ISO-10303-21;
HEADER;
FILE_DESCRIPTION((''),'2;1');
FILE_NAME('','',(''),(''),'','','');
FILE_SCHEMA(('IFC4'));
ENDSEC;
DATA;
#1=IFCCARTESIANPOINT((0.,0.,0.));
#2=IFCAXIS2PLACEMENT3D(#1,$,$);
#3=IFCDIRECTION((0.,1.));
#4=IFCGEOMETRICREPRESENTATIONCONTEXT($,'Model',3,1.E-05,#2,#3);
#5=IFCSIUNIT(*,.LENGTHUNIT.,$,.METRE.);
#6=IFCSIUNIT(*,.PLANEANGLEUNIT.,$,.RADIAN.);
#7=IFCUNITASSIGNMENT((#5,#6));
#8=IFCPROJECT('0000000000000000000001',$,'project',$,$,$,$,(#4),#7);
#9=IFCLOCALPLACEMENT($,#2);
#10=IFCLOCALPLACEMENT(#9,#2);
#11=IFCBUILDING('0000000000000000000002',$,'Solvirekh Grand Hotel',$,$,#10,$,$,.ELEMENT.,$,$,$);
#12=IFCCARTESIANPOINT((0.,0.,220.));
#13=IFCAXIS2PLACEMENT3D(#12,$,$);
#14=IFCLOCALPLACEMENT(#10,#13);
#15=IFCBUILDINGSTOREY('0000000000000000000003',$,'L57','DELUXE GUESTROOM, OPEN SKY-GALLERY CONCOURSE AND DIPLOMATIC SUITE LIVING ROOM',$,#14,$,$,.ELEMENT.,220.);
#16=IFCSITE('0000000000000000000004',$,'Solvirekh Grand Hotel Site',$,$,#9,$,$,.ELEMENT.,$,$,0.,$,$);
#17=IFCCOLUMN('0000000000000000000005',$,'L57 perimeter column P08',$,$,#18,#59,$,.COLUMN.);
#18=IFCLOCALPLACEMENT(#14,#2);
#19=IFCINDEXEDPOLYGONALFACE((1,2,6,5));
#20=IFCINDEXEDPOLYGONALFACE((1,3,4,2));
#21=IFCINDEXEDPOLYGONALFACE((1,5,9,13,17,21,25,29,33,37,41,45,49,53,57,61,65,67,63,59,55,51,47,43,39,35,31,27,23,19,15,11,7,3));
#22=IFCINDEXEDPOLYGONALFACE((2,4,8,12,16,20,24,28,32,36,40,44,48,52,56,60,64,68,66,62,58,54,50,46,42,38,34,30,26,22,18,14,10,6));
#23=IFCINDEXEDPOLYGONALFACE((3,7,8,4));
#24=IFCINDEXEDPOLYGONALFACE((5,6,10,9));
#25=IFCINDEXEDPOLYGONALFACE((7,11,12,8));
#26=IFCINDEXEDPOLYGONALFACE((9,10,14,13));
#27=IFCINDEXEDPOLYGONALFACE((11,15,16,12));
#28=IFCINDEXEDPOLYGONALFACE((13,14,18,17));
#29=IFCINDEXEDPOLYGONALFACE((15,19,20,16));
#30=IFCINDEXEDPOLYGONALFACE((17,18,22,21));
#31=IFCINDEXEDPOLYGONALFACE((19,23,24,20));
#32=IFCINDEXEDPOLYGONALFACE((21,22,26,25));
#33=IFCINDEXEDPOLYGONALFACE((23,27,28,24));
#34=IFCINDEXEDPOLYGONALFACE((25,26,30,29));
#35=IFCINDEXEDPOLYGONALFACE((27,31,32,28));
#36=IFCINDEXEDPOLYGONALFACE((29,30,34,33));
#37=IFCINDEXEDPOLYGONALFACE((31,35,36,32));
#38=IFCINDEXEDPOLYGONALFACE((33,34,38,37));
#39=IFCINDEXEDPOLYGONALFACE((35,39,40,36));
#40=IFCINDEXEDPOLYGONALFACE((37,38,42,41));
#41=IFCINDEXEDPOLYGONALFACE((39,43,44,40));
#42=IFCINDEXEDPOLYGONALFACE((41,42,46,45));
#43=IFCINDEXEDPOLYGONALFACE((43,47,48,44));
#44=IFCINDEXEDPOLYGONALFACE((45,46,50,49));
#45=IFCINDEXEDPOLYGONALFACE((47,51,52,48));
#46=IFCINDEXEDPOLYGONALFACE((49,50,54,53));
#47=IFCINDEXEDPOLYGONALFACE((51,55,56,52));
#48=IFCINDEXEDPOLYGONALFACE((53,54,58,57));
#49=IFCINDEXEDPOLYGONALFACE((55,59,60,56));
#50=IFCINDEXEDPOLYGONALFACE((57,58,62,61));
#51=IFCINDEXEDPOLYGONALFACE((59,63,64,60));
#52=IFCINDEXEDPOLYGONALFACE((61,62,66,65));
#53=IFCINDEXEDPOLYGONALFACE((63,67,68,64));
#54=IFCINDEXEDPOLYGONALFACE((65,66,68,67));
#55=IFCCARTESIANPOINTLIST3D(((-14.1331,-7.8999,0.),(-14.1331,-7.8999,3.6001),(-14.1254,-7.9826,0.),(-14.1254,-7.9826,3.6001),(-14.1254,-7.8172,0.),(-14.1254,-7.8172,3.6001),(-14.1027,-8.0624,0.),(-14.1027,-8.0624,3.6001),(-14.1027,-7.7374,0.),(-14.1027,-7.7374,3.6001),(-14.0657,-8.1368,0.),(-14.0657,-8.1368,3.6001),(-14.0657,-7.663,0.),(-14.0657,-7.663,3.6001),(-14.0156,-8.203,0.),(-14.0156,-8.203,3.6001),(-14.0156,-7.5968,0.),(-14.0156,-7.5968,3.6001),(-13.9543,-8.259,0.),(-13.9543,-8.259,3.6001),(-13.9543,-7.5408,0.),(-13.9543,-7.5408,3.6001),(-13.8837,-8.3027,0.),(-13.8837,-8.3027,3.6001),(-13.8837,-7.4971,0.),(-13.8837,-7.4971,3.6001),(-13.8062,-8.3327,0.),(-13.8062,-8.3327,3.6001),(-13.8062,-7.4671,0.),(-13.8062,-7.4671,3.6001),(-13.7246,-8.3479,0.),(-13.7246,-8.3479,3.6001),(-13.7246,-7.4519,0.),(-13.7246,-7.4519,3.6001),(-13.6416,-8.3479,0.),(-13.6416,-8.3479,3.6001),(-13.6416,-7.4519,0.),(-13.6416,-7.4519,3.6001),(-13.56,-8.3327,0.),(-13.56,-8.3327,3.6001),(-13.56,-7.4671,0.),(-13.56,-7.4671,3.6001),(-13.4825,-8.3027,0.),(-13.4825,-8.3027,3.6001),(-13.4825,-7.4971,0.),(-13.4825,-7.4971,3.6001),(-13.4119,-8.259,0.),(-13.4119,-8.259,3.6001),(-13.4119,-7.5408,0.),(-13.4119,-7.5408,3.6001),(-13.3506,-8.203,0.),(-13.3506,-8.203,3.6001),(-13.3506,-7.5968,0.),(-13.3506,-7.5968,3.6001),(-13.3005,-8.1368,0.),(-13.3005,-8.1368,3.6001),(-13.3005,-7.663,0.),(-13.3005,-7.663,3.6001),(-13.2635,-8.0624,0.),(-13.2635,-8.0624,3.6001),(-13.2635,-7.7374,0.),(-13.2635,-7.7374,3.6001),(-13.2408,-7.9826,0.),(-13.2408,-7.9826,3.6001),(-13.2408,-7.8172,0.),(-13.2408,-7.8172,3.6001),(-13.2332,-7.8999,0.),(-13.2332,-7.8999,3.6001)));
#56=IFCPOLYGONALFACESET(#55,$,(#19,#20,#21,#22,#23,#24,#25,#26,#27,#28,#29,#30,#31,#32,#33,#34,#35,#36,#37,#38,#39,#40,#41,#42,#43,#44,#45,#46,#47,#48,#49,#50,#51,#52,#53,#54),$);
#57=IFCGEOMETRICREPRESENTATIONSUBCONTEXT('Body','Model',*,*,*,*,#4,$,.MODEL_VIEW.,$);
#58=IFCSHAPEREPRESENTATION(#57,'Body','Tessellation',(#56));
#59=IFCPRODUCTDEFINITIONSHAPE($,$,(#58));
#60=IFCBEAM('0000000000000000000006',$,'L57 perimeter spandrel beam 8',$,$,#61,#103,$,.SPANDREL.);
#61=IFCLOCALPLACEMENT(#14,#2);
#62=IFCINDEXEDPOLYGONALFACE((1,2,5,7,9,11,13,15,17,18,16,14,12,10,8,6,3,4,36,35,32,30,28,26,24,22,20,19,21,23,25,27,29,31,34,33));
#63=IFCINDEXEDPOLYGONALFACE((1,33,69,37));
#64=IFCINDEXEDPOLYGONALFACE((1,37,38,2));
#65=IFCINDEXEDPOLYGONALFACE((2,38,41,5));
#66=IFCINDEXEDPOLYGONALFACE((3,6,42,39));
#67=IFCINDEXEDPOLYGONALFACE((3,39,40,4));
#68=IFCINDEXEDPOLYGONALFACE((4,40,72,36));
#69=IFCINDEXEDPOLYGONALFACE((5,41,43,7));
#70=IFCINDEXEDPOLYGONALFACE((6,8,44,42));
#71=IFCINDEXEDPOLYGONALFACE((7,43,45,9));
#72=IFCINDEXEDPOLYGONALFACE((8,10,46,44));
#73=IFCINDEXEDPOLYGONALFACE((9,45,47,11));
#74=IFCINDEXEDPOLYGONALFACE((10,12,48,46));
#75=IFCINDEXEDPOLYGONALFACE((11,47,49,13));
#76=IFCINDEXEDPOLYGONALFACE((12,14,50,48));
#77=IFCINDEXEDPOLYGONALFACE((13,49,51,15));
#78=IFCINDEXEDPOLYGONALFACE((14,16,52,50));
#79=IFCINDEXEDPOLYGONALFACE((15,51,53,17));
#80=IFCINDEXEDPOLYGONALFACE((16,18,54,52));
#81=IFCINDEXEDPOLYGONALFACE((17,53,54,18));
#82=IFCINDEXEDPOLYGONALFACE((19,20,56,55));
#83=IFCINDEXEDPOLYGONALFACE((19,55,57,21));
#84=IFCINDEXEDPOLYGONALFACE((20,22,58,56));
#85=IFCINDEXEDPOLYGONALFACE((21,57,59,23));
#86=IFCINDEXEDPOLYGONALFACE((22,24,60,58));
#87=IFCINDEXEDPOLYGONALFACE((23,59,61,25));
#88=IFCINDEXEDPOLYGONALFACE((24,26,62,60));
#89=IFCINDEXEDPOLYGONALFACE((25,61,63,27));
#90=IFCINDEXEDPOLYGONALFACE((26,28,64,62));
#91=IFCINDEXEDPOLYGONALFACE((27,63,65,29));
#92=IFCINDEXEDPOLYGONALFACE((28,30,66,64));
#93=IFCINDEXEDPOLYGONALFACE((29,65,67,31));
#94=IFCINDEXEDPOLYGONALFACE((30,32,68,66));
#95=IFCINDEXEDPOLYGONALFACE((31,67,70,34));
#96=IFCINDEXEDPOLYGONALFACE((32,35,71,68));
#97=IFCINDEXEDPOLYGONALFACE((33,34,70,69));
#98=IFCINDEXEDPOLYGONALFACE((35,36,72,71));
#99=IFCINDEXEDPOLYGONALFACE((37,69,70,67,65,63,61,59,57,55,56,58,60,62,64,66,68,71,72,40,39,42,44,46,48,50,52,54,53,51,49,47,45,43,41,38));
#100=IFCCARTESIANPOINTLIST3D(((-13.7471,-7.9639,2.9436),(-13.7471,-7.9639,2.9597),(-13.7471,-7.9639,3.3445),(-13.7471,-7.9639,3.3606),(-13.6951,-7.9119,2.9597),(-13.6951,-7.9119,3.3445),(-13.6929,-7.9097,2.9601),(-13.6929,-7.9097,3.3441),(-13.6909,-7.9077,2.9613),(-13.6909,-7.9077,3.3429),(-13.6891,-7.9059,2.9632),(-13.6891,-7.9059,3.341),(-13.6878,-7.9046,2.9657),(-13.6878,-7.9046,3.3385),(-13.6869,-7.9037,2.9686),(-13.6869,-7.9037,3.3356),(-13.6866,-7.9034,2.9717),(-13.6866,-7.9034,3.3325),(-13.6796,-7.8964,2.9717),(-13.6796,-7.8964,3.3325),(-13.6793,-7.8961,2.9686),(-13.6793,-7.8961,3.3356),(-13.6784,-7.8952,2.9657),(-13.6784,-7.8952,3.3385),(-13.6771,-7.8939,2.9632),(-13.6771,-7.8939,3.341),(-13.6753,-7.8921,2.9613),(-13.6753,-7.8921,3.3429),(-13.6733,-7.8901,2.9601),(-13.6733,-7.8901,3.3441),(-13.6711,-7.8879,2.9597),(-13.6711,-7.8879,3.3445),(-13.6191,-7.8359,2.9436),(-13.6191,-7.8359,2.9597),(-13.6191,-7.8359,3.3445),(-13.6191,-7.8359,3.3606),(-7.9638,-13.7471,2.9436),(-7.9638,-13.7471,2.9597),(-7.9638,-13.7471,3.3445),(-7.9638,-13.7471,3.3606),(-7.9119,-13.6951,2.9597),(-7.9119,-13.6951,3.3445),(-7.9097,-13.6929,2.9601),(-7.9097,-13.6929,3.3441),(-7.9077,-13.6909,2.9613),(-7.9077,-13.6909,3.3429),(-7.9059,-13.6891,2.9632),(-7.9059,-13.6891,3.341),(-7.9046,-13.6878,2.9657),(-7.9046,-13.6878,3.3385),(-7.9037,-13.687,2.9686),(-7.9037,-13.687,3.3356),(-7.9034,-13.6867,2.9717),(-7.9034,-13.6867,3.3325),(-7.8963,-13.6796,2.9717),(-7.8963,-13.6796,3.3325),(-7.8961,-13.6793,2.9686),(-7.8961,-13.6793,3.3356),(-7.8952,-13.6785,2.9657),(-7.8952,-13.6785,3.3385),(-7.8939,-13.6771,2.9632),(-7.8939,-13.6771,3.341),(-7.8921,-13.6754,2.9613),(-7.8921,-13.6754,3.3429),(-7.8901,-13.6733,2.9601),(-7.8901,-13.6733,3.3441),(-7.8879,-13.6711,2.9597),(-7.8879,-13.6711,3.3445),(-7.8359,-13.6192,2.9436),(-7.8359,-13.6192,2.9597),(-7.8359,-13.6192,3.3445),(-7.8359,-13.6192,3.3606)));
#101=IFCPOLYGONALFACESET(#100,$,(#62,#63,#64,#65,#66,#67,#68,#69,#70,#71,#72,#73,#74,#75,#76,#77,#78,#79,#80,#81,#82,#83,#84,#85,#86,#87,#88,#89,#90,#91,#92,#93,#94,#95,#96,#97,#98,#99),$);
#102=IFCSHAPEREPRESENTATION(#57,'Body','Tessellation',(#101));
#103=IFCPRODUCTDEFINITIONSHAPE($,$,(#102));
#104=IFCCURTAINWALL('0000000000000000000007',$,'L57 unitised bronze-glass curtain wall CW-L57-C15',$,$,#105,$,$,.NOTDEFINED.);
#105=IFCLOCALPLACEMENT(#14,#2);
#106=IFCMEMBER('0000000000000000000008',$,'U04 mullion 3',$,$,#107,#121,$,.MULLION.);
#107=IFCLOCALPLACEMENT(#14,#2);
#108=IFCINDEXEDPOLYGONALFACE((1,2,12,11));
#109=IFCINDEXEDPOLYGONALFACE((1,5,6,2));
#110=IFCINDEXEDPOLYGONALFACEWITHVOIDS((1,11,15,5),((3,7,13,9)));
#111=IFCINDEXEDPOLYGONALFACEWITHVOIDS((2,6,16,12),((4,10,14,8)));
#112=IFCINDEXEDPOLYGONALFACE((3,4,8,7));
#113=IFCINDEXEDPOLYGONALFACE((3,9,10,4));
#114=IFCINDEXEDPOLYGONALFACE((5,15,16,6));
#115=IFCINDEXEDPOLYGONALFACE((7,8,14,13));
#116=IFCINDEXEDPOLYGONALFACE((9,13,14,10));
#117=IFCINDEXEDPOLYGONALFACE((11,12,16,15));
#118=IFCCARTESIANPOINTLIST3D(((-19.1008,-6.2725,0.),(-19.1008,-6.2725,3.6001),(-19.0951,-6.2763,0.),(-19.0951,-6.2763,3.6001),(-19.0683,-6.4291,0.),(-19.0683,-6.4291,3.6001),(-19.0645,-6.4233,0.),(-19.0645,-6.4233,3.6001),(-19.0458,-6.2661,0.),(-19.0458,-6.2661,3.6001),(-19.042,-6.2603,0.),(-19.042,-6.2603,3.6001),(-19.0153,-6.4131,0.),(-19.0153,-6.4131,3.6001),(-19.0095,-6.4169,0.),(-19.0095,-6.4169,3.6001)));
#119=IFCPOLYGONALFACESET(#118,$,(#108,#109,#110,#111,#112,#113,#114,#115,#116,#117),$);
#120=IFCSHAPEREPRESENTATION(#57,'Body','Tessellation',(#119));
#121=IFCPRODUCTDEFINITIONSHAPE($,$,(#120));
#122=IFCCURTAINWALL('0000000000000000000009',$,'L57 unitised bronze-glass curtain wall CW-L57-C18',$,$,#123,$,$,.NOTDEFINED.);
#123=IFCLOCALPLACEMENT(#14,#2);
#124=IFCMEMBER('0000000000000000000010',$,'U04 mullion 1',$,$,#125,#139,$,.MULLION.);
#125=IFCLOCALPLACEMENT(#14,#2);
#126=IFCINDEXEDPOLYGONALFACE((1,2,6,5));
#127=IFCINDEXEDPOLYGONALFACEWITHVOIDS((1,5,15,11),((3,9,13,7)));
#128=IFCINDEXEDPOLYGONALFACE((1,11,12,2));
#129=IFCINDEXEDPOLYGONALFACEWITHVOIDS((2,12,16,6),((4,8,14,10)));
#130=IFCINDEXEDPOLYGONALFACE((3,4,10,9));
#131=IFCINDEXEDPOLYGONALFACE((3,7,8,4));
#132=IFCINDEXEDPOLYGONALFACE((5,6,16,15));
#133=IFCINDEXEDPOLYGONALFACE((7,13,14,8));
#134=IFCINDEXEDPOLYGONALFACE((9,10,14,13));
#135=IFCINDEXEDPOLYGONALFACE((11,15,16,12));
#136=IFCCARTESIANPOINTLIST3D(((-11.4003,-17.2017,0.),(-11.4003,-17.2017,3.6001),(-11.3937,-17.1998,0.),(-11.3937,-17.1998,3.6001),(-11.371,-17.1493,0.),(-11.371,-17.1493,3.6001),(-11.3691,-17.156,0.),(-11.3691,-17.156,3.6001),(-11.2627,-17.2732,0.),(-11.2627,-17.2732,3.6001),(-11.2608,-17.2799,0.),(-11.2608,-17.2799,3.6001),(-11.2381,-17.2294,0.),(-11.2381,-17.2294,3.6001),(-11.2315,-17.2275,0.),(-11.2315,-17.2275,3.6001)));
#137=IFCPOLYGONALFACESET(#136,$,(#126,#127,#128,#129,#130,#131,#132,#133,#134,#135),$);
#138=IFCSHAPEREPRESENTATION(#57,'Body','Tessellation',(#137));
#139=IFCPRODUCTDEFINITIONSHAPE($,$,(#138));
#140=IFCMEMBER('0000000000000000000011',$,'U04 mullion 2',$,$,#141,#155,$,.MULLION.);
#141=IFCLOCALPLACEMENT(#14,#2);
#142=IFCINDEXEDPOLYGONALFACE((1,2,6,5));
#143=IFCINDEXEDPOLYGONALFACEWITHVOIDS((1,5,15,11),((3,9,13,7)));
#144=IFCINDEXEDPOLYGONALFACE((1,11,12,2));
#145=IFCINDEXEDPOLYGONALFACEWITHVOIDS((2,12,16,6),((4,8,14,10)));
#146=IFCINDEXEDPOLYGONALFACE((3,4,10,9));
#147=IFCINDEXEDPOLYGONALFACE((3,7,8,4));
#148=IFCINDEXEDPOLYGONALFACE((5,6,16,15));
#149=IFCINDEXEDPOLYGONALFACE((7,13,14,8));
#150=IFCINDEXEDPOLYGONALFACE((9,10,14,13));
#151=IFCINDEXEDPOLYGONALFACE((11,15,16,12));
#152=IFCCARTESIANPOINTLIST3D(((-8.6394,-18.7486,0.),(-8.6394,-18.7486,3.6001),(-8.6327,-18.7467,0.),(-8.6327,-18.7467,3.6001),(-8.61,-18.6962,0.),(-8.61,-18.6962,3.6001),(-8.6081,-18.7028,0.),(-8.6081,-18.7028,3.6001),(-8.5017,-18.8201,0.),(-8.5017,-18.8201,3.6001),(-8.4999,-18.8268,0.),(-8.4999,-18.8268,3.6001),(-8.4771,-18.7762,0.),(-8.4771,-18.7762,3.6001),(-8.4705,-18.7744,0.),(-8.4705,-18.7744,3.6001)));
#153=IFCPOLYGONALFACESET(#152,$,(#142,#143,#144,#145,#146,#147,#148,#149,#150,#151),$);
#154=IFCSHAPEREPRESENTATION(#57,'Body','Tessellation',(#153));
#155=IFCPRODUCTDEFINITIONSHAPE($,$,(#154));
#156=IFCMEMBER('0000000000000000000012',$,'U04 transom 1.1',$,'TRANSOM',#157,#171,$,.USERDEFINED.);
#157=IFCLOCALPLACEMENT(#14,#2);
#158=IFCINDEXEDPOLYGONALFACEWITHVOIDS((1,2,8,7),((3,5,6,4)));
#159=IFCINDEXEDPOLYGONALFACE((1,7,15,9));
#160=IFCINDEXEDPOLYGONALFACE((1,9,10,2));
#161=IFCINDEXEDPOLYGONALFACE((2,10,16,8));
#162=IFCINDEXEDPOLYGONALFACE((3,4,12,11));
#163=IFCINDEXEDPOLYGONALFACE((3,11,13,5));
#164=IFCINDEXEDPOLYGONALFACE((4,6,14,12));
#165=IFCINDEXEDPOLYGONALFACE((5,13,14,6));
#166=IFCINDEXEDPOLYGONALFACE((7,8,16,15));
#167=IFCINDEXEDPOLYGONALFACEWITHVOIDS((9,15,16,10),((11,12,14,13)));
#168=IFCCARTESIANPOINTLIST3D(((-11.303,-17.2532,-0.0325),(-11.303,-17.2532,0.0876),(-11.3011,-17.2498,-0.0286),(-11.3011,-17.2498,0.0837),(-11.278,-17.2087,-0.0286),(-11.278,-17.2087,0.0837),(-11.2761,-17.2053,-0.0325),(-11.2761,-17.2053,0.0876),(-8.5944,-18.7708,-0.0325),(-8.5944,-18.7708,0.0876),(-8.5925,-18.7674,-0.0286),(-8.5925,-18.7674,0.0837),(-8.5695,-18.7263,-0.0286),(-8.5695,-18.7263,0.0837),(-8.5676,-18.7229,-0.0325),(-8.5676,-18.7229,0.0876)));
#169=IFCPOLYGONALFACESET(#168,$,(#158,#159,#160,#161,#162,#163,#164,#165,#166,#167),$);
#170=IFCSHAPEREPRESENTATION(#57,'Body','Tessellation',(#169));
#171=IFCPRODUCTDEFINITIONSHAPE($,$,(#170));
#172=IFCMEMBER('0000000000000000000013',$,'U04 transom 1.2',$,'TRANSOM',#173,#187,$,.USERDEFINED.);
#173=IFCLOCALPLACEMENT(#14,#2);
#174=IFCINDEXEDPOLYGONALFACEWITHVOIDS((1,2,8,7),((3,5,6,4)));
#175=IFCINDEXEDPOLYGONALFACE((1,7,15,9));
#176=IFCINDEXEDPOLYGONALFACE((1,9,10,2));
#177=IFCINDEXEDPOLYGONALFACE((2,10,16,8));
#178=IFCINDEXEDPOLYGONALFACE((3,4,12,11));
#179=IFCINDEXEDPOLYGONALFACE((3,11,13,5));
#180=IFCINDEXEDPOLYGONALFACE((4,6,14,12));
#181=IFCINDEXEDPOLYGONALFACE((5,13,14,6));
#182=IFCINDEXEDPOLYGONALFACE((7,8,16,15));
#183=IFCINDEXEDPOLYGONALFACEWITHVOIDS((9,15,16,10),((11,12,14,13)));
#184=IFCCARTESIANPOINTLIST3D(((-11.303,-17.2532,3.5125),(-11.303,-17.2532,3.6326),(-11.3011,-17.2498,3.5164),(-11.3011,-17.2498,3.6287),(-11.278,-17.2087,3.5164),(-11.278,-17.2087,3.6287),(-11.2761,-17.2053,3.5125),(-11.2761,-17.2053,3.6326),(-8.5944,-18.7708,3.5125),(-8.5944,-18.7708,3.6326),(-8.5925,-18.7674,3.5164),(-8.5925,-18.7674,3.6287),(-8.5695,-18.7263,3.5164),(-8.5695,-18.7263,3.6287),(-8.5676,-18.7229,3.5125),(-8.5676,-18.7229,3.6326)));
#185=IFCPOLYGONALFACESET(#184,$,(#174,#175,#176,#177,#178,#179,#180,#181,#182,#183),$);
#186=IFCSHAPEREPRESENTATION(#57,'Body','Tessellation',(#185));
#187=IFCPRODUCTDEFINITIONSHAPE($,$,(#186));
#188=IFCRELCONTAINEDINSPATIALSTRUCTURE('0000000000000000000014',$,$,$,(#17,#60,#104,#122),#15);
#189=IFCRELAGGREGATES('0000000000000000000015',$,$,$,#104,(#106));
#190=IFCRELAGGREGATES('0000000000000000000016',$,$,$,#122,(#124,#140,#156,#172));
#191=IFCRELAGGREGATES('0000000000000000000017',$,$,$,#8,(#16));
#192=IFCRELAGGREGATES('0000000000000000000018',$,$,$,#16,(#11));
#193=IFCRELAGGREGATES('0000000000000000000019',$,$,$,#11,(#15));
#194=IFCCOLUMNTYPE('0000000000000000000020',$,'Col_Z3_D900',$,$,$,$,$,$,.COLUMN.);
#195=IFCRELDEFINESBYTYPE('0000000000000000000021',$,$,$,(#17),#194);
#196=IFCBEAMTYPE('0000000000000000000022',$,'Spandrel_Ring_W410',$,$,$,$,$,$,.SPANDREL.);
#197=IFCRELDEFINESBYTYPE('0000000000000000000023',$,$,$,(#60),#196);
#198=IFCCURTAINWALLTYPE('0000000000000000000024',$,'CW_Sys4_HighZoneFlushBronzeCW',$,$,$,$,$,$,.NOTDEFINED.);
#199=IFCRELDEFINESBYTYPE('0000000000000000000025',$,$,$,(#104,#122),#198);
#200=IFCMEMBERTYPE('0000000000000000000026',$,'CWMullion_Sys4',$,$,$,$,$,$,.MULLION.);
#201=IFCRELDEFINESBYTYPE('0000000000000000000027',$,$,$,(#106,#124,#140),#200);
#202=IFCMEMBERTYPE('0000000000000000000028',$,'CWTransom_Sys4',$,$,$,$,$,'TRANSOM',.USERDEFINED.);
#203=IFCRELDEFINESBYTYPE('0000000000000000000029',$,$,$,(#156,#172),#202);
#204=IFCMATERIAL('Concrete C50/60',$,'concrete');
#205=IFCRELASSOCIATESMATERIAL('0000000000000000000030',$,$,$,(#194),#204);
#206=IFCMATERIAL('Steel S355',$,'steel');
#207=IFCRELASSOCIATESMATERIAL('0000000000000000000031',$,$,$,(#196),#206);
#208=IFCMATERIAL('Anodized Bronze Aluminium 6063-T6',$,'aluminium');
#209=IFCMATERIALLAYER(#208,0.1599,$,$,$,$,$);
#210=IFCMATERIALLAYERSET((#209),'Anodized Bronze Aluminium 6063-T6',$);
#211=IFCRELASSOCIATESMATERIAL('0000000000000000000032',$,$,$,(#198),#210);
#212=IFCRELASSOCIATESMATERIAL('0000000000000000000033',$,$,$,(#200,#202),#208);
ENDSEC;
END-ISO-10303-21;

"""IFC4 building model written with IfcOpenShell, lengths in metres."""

from ifc_helpers import new_model, si_unit, direction, frame, origin, origin_2d, place, context, subcontext, project, spatial, hollow_rectangle, circle, i_section, extrude, source, transform, mapped, material, layer, layer_set, material_profile, profile_set, type_object, element, aggregate, save


model = new_model("IFC4")

# Units and contexts
model_context = context("Model", 3, precision=1e-05, world=origin(), true_north=direction((0.0, 1.0)))
body_context = subcontext(model_context, "Body", "Model", "MODEL_VIEW")
ifc_project = project(units=[si_unit("LENGTHUNIT", "METRE"), si_unit("PLANEANGLEUNIT", "RADIAN")], contexts=[model_context])

# Site, building, storey
site_placement = place(None, origin())
site = spatial("IfcSite", under=ifc_project, at=site_placement, Name="Solvirekh Grand Hotel Site", CompositionType="ELEMENT", RefElevation=0.0)
building_placement = place(site_placement, origin())
building = spatial("IfcBuilding", under=site, at=building_placement, Name="Solvirekh Grand Hotel", CompositionType="ELEMENT")
storey_placement = place(building_placement, frame((0.0, 0.0, 220.0)))
storey = spatial("IfcBuildingStorey", under=building, at=storey_placement, Name="L57", Description="DELUXE GUESTROOM, OPEN SKY-GALLERY CONCOURSE AND DIPLOMATIC SUITE LIVING ROOM", CompositionType="ELEMENT", Elevation=220.0)

# Column
ifc_material_1 = material(Name="Concrete C50/60", Category="concrete")
ifc_material_profile_1 = material_profile(ifc_material_1, circle(Radius=0.45, at=origin_2d()), Name="RC CIRC D900")
ifc_profile_set_1 = profile_set([ifc_material_profile_1], Name="Concrete C50/60")
column_type = type_object("IfcColumnType", Name="Col_Z3_D900", PredefinedType="COLUMN", material=ifc_profile_set_1)
column_placement = place(storey_placement, frame((-13.6831, -7.8999, 0.0), z_axis=(0.0, 0.0, 1.0), x_axis=(1.0, 0.0, 0.0)))
element("IfcColumn", 1, at=column_placement, inside=storey, type_object=column_type, Name="L57 perimeter column P08", PredefinedType="COLUMN", context=body_context, shape_type="SweptSolid", body=[
    extrude(circle(Radius=0.45, at=origin_2d()), origin(), (0.0, 0.0, 1.0), 3.6001),
])

# Beam
ifc_material_2 = material(Name="Steel S355", Category="steel")
ifc_material_profile_2 = material_profile(ifc_material_2, i_section(OverallWidth=0.1809, OverallDepth=0.417, WebThickness=0.01, FlangeThickness=0.0161, FilletRadius=0.012, at=origin_2d()), Name="W410X85")
ifc_profile_set_2 = profile_set([ifc_material_profile_2], Name="Steel S355")
beam_type = type_object("IfcBeamType", Name="Spandrel_Ring_W410", PredefinedType="SPANDREL", material=ifc_profile_set_2)
beam_placement = place(storey_placement, frame((-13.6831, -7.8999, 3.1521), z_axis=(0.707107, -0.707107, 0.0), x_axis=(0.707107, 0.707107, 0.0)))
element("IfcBeam", 2, at=beam_placement, inside=storey, type_object=beam_type, Name="L57 perimeter spandrel beam 8", PredefinedType="SPANDREL", context=body_context, shape_type="SweptSolid", body=[
    extrude(i_section(OverallWidth=0.1809, OverallDepth=0.417, WebThickness=0.01, FlangeThickness=0.0161, FilletRadius=0.012, at=origin_2d()), origin(), (0.0, 0.0, 1.0), 8.1787),
])

# Curtain wall, member
ifc_material_3 = material(Name="Anodized Bronze Aluminium 6063-T6", Category="aluminium")
ifc_layer_1 = layer(ifc_material_3, 0.1599)
ifc_layer_set_1 = layer_set([ifc_layer_1], Name="Anodized Bronze Aluminium 6063-T6")
curtain_wall_type = type_object("IfcCurtainWallType", Name="CW_Sys4_HighZoneFlushBronzeCW", PredefinedType="NOTDEFINED", material=ifc_layer_set_1)
curtain_wall_1_placement = place(storey_placement, origin())
curtain_wall_1 = element("IfcCurtainWall", 3, at=curtain_wall_1_placement, inside=storey, type_object=curtain_wall_type, Name="L57 unitised bronze-glass curtain wall CW-L57-C15", PredefinedType="NOTDEFINED")
ifc_material_profile_3 = material_profile(ifc_material_3, hollow_rectangle(XDim=0.0601, YDim=0.1599, WallThickness=0.0049, at=origin_2d()), Name="ALU RHS 160X60X5")
ifc_profile_set_3 = profile_set([ifc_material_profile_3], Name="Anodized Bronze Aluminium 6063-T6")
member_type_1 = type_object("IfcMemberType", Name="CWMullion_Sys4", PredefinedType="MULLION", material=ifc_profile_set_3)
shared_shape_1 = source(origin(), body_context, "Body", "SweptSolid", [
    extrude(hollow_rectangle(XDim=0.0601, YDim=0.1599, WallThickness=0.0049, at=origin_2d()), origin(), (0.0, 0.0, 1.0), 3.6001),
])
member_1_placement = place(storey_placement, frame((-19.0552, -6.3447, 0.0), z_axis=(0.0, 0.0, 1.0), x_axis=(0.979132, 0.203224, 0.0)))
member_1 = element("IfcMember", 4, at=member_1_placement, type_object=member_type_1, Name="U04 mullion 3", PredefinedType="MULLION", context=body_context, shape_type="MappedRepresentation", body=[
    mapped(shared_shape_1, transform((0.0, 0.0, 0.0), x_axis=(1.0, 0.0, 0.0), y_axis=(0.0, 1.0, 0.0), z_axis=(0.0, 0.0, 1.0), scale=1.0)),
])
aggregate(curtain_wall_1, [member_1])

# Curtain wall, members
curtain_wall_2_placement = place(storey_placement, origin())
curtain_wall_2 = element("IfcCurtainWall", 5, at=curtain_wall_2_placement, inside=storey, type_object=curtain_wall_type, Name="L57 unitised bronze-glass curtain wall CW-L57-C18", PredefinedType="NOTDEFINED")
member_2_placement = place(storey_placement, frame((-11.3159, -17.2146, 0.0), z_axis=(0.0, 0.0, 1.0), x_axis=(0.488789, 0.872402, 0.0)))
member_2 = element("IfcMember", 6, at=member_2_placement, type_object=member_type_1, Name="U04 mullion 1", PredefinedType="MULLION", context=body_context, shape_type="MappedRepresentation", body=[
    mapped(shared_shape_1, transform((0.0, 0.0, 0.0), x_axis=(1.0, 0.0, 0.0), y_axis=(0.0, 1.0, 0.0), z_axis=(0.0, 0.0, 1.0), scale=1.0)),
])
member_3_placement = place(storey_placement, frame((-8.5549, -18.7615, 0.0), z_axis=(0.0, 0.0, 1.0), x_axis=(0.488789, 0.872402, 0.0)))
member_3 = element("IfcMember", 7, at=member_3_placement, type_object=member_type_1, Name="U04 mullion 2", PredefinedType="MULLION", context=body_context, shape_type="MappedRepresentation", body=[
    mapped(shared_shape_1, transform((0.0, 0.0, 0.0), x_axis=(1.0, 0.0, 0.0), y_axis=(0.0, 1.0, 0.0), z_axis=(0.0, 0.0, 1.0), scale=1.0)),
])
ifc_material_profile_4 = material_profile(ifc_material_3, hollow_rectangle(XDim=0.0549, YDim=0.1201, WallThickness=0.0039, at=origin_2d()), Name="ALU RHS 120X55X4")
ifc_profile_set_4 = profile_set([ifc_material_profile_4], Name="Anodized Bronze Aluminium 6063-T6")
member_type_2 = type_object("IfcMemberType", Name="CWTransom_Sys4", ElementType="TRANSOM", PredefinedType="USERDEFINED", material=ifc_profile_set_4)
shared_shape_2 = source(origin(), body_context, "Body", "SweptSolid", [
    extrude(hollow_rectangle(XDim=0.0549, YDim=0.1201, WallThickness=0.0039, at=origin_2d()), origin(), (0.0, 0.0, 1.0), 3.1047),
])
member_4_placement = place(storey_placement, frame((-11.2896, -17.2292, 0.0276), z_axis=(0.872393, -0.488804, 0.0), x_axis=(0.488804, 0.872393, 0.0)))
member_4 = element("IfcMember", 8, at=member_4_placement, type_object=member_type_2, Name="U04 transom 1.1", ObjectType="TRANSOM", PredefinedType="USERDEFINED", context=body_context, shape_type="MappedRepresentation", body=[
    mapped(shared_shape_2, transform((0.0, 0.0, 0.0), x_axis=(1.0, 0.0, 0.0), y_axis=(0.0, 1.0, 0.0), z_axis=(0.0, 0.0, 1.0), scale=1.0)),
])
member_5_placement = place(storey_placement, frame((-11.2896, -17.2292, 3.5725), z_axis=(0.872393, -0.488804, 0.0), x_axis=(0.488804, 0.872393, 0.0)))
member_5 = element("IfcMember", 9, at=member_5_placement, type_object=member_type_2, Name="U04 transom 1.2", ObjectType="TRANSOM", PredefinedType="USERDEFINED", context=body_context, shape_type="MappedRepresentation", body=[
    mapped(shared_shape_2, transform((0.0, 0.0, 0.0), x_axis=(1.0, 0.0, 0.0), y_axis=(0.0, 1.0, 0.0), z_axis=(0.0, 0.0, 1.0), scale=1.0)),
])
aggregate(curtain_wall_2, [member_2, member_3, member_4, member_5])

save(model, "model.ifc")
